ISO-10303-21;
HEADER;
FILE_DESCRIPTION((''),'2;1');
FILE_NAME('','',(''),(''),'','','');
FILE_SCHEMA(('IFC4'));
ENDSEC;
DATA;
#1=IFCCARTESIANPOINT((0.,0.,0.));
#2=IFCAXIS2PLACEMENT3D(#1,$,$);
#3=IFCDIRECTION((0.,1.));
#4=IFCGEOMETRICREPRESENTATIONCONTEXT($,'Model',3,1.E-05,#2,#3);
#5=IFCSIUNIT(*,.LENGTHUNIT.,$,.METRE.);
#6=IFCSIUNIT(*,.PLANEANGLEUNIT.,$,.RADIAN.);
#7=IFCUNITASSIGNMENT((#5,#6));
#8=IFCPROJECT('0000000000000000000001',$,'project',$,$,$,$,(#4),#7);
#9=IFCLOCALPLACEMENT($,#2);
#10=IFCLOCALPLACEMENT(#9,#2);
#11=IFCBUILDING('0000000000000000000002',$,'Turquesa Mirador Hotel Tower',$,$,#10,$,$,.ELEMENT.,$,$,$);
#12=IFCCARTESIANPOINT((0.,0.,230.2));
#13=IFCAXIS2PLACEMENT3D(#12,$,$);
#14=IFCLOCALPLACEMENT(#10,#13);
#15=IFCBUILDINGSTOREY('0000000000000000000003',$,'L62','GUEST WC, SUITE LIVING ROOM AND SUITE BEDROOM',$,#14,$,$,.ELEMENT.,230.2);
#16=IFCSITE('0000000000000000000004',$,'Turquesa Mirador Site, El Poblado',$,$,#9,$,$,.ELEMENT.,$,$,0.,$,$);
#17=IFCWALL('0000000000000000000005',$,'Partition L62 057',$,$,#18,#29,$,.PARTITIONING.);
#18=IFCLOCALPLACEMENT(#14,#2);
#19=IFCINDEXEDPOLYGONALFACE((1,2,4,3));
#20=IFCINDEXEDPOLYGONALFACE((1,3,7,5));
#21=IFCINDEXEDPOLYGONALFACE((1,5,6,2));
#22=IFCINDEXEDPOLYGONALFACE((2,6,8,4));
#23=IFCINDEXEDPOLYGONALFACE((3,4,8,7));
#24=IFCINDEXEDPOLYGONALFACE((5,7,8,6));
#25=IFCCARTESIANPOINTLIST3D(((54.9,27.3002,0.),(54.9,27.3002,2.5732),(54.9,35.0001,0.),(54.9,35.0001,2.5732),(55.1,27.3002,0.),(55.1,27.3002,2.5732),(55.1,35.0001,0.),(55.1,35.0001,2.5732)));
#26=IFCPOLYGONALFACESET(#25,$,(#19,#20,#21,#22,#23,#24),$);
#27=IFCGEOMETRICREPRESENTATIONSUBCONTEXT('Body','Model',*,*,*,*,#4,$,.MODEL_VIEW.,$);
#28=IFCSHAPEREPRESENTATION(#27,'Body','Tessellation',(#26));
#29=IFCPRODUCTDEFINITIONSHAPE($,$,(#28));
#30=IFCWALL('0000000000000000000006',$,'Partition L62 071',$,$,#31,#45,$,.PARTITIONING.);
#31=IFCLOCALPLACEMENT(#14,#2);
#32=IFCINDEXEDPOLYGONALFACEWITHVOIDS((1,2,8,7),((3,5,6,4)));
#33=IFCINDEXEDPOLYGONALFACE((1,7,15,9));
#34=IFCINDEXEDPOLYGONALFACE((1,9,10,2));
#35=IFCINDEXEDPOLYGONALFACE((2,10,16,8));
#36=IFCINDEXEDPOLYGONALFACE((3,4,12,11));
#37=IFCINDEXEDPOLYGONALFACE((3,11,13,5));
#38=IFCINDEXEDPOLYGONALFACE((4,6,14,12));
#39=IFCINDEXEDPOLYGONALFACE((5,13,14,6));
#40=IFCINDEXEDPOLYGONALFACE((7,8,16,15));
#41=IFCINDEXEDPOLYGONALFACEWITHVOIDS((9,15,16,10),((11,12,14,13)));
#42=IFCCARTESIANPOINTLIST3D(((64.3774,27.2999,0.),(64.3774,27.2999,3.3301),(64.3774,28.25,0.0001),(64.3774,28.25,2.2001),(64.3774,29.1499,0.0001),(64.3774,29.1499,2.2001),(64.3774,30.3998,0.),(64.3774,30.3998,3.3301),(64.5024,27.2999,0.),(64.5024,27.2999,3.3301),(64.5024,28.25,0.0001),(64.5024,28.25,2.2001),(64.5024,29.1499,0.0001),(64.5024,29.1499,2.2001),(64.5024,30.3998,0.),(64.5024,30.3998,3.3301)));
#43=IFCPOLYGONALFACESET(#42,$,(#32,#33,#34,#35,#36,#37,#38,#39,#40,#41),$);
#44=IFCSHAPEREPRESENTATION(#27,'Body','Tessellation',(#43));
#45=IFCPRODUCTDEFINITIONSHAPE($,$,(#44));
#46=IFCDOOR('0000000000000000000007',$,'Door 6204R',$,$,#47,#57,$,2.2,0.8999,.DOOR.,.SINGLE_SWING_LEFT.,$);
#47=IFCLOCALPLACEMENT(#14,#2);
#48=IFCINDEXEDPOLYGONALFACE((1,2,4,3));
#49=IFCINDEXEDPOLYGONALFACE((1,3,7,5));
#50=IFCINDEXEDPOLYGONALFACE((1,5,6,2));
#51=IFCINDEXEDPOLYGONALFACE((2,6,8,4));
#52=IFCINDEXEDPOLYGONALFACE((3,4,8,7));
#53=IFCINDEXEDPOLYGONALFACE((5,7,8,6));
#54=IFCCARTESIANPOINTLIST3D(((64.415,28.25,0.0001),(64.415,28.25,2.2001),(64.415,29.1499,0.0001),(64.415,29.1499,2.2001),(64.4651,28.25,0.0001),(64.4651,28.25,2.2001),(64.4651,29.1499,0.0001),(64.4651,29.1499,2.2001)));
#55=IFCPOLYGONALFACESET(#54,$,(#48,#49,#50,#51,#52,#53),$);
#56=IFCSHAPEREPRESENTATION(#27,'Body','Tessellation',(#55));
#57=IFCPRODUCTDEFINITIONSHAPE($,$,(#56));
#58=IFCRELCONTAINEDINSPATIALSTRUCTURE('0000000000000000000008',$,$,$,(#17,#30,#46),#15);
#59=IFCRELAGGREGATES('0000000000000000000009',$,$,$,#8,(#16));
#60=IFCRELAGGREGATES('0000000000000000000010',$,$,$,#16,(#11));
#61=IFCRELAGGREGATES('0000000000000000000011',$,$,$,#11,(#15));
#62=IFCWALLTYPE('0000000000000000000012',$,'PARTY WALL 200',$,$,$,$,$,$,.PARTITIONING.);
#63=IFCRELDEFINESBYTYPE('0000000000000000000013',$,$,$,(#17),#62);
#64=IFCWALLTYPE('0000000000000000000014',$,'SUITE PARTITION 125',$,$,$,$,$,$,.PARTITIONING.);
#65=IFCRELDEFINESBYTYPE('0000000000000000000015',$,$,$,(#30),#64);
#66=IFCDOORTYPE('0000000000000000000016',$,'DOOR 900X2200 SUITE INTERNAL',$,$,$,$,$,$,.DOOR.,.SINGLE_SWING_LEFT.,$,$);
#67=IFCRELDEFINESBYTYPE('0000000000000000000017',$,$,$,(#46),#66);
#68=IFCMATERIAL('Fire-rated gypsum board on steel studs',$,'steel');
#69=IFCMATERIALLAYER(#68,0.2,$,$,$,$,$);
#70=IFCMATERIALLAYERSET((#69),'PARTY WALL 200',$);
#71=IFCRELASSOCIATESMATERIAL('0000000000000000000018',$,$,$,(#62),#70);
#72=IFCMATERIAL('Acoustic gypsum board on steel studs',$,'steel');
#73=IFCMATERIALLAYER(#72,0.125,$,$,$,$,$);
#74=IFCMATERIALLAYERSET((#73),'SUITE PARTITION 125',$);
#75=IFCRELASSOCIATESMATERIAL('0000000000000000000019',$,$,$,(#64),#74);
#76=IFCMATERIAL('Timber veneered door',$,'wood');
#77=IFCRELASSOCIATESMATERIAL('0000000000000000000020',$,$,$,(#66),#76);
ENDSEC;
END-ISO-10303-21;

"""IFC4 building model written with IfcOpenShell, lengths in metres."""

from ifc_helpers import new_model, si_unit, direction, frame, frame_2d, origin, place, context, subcontext, project, spatial, rectangle, extrude, material, layer, layer_set, type_object, element, fill, save


model = new_model("IFC4")

# Units and contexts
model_context = context("Model", 3, precision=1e-05, world=origin(), true_north=direction((0.0, 1.0)))
body_context = subcontext(model_context, "Body", "Model", "MODEL_VIEW")
ifc_project = project(units=[si_unit("LENGTHUNIT", "METRE"), si_unit("PLANEANGLEUNIT", "RADIAN")], contexts=[model_context])

# Site, building, storey
site_placement = place(None, origin())
site = spatial("IfcSite", under=ifc_project, at=site_placement, Name="Turquesa Mirador Site, El Poblado", CompositionType="ELEMENT", RefElevation=0.0)
building_placement = place(site_placement, origin())
building = spatial("IfcBuilding", under=site, at=building_placement, Name="Turquesa Mirador Hotel Tower", CompositionType="ELEMENT")
storey_placement = place(building_placement, frame((0.0, 0.0, 230.2)))
storey = spatial("IfcBuildingStorey", under=building, at=storey_placement, Name="L62", Description="GUEST WC, SUITE LIVING ROOM AND SUITE BEDROOM", CompositionType="ELEMENT", Elevation=230.2)

# Wall
ifc_material_1 = material(Name="Fire-rated gypsum board on steel studs", Category="steel")
ifc_layer_1 = layer(ifc_material_1, 0.2)
ifc_layer_set_1 = layer_set([ifc_layer_1], Name="PARTY WALL 200")
wall_type_1 = type_object("IfcWallType", Name="PARTY WALL 200", PredefinedType="PARTITIONING", material=ifc_layer_set_1)
wall_1_placement = place(storey_placement, frame((55.0, 27.3, 0.0), z_axis=(0.0, 0.0, 1.0), x_axis=(0.0, 1.0, 0.0)))
element("IfcWall", 1, at=wall_1_placement, inside=storey, type_object=wall_type_1, Name="Partition L62 057", PredefinedType="PARTITIONING", context=body_context, shape_type="SweptSolid", body=[
    extrude(rectangle(XDim=7.7, YDim=0.2, at=frame_2d((3.8501, 0.0))), origin(), (0.0, 0.0, 1.0), 2.5732),
])

# Wall, opening, door
ifc_material_2 = material(Name="Acoustic gypsum board on steel studs", Category="steel")
ifc_layer_2 = layer(ifc_material_2, 0.125)
ifc_layer_set_2 = layer_set([ifc_layer_2], Name="SUITE PARTITION 125")
wall_type_2 = type_object("IfcWallType", Name="SUITE PARTITION 125", PredefinedType="PARTITIONING", material=ifc_layer_set_2)
wall_2_placement = place(storey_placement, frame((64.4399, 27.3, 0.0), z_axis=(0.0, 0.0, 1.0), x_axis=(0.0, 1.0, 0.0)))
wall_2 = element("IfcWall", 2, at=wall_2_placement, inside=storey, type_object=wall_type_2, Name="Partition L62 071", PredefinedType="PARTITIONING", context=body_context, shape_type="SweptSolid", body=[
    extrude(rectangle(XDim=3.0999, YDim=0.125, at=frame_2d((1.5498, 0.0))), origin(), (0.0, 0.0, 1.0), 3.3301),
])
opening_placement = place(wall_2_placement, frame((0.95, 0.0, 0.0)))
opening = element("IfcOpeningElement", 3, at=opening_placement, cuts=wall_2, PredefinedType="OPENING", context=body_context, shape_type="SweptSolid", body=[
    extrude(rectangle(XDim=0.8999, YDim=2.2, at=frame_2d((0.45, 1.1001))), frame((0.0, 0.0725, 0.0), z_axis=(0.0, -1.0, 0.0), x_axis=(1.0, 0.0, 0.0)), (0.0, 0.0, 1.0), 0.145),
])
ifc_material_3 = material(Name="Timber veneered door", Category="wood")
door_type = type_object("IfcDoorType", Name="DOOR 900X2200 SUITE INTERNAL", OperationType="SINGLE_SWING_LEFT", PredefinedType="DOOR", material=ifc_material_3)
door_placement = place(opening_placement, origin())
door = element("IfcDoor", 4, at=door_placement, inside=storey, type_object=door_type, Name="Door 6204R", OperationType="SINGLE_SWING_LEFT", OverallHeight=2.2, OverallWidth=0.8999, PredefinedType="DOOR", context=body_context, shape_type="SweptSolid", body=[
    extrude(rectangle(XDim=0.8999, YDim=2.2, at=frame_2d((0.45, 1.1001))), frame((0.0, 0.0249, 0.0), z_axis=(0.0, -1.0, 0.0), x_axis=(1.0, 0.0, 0.0)), (0.0, 0.0, 1.0), 0.05),
])
fill(opening, door)

save(model, "model.ifc")
